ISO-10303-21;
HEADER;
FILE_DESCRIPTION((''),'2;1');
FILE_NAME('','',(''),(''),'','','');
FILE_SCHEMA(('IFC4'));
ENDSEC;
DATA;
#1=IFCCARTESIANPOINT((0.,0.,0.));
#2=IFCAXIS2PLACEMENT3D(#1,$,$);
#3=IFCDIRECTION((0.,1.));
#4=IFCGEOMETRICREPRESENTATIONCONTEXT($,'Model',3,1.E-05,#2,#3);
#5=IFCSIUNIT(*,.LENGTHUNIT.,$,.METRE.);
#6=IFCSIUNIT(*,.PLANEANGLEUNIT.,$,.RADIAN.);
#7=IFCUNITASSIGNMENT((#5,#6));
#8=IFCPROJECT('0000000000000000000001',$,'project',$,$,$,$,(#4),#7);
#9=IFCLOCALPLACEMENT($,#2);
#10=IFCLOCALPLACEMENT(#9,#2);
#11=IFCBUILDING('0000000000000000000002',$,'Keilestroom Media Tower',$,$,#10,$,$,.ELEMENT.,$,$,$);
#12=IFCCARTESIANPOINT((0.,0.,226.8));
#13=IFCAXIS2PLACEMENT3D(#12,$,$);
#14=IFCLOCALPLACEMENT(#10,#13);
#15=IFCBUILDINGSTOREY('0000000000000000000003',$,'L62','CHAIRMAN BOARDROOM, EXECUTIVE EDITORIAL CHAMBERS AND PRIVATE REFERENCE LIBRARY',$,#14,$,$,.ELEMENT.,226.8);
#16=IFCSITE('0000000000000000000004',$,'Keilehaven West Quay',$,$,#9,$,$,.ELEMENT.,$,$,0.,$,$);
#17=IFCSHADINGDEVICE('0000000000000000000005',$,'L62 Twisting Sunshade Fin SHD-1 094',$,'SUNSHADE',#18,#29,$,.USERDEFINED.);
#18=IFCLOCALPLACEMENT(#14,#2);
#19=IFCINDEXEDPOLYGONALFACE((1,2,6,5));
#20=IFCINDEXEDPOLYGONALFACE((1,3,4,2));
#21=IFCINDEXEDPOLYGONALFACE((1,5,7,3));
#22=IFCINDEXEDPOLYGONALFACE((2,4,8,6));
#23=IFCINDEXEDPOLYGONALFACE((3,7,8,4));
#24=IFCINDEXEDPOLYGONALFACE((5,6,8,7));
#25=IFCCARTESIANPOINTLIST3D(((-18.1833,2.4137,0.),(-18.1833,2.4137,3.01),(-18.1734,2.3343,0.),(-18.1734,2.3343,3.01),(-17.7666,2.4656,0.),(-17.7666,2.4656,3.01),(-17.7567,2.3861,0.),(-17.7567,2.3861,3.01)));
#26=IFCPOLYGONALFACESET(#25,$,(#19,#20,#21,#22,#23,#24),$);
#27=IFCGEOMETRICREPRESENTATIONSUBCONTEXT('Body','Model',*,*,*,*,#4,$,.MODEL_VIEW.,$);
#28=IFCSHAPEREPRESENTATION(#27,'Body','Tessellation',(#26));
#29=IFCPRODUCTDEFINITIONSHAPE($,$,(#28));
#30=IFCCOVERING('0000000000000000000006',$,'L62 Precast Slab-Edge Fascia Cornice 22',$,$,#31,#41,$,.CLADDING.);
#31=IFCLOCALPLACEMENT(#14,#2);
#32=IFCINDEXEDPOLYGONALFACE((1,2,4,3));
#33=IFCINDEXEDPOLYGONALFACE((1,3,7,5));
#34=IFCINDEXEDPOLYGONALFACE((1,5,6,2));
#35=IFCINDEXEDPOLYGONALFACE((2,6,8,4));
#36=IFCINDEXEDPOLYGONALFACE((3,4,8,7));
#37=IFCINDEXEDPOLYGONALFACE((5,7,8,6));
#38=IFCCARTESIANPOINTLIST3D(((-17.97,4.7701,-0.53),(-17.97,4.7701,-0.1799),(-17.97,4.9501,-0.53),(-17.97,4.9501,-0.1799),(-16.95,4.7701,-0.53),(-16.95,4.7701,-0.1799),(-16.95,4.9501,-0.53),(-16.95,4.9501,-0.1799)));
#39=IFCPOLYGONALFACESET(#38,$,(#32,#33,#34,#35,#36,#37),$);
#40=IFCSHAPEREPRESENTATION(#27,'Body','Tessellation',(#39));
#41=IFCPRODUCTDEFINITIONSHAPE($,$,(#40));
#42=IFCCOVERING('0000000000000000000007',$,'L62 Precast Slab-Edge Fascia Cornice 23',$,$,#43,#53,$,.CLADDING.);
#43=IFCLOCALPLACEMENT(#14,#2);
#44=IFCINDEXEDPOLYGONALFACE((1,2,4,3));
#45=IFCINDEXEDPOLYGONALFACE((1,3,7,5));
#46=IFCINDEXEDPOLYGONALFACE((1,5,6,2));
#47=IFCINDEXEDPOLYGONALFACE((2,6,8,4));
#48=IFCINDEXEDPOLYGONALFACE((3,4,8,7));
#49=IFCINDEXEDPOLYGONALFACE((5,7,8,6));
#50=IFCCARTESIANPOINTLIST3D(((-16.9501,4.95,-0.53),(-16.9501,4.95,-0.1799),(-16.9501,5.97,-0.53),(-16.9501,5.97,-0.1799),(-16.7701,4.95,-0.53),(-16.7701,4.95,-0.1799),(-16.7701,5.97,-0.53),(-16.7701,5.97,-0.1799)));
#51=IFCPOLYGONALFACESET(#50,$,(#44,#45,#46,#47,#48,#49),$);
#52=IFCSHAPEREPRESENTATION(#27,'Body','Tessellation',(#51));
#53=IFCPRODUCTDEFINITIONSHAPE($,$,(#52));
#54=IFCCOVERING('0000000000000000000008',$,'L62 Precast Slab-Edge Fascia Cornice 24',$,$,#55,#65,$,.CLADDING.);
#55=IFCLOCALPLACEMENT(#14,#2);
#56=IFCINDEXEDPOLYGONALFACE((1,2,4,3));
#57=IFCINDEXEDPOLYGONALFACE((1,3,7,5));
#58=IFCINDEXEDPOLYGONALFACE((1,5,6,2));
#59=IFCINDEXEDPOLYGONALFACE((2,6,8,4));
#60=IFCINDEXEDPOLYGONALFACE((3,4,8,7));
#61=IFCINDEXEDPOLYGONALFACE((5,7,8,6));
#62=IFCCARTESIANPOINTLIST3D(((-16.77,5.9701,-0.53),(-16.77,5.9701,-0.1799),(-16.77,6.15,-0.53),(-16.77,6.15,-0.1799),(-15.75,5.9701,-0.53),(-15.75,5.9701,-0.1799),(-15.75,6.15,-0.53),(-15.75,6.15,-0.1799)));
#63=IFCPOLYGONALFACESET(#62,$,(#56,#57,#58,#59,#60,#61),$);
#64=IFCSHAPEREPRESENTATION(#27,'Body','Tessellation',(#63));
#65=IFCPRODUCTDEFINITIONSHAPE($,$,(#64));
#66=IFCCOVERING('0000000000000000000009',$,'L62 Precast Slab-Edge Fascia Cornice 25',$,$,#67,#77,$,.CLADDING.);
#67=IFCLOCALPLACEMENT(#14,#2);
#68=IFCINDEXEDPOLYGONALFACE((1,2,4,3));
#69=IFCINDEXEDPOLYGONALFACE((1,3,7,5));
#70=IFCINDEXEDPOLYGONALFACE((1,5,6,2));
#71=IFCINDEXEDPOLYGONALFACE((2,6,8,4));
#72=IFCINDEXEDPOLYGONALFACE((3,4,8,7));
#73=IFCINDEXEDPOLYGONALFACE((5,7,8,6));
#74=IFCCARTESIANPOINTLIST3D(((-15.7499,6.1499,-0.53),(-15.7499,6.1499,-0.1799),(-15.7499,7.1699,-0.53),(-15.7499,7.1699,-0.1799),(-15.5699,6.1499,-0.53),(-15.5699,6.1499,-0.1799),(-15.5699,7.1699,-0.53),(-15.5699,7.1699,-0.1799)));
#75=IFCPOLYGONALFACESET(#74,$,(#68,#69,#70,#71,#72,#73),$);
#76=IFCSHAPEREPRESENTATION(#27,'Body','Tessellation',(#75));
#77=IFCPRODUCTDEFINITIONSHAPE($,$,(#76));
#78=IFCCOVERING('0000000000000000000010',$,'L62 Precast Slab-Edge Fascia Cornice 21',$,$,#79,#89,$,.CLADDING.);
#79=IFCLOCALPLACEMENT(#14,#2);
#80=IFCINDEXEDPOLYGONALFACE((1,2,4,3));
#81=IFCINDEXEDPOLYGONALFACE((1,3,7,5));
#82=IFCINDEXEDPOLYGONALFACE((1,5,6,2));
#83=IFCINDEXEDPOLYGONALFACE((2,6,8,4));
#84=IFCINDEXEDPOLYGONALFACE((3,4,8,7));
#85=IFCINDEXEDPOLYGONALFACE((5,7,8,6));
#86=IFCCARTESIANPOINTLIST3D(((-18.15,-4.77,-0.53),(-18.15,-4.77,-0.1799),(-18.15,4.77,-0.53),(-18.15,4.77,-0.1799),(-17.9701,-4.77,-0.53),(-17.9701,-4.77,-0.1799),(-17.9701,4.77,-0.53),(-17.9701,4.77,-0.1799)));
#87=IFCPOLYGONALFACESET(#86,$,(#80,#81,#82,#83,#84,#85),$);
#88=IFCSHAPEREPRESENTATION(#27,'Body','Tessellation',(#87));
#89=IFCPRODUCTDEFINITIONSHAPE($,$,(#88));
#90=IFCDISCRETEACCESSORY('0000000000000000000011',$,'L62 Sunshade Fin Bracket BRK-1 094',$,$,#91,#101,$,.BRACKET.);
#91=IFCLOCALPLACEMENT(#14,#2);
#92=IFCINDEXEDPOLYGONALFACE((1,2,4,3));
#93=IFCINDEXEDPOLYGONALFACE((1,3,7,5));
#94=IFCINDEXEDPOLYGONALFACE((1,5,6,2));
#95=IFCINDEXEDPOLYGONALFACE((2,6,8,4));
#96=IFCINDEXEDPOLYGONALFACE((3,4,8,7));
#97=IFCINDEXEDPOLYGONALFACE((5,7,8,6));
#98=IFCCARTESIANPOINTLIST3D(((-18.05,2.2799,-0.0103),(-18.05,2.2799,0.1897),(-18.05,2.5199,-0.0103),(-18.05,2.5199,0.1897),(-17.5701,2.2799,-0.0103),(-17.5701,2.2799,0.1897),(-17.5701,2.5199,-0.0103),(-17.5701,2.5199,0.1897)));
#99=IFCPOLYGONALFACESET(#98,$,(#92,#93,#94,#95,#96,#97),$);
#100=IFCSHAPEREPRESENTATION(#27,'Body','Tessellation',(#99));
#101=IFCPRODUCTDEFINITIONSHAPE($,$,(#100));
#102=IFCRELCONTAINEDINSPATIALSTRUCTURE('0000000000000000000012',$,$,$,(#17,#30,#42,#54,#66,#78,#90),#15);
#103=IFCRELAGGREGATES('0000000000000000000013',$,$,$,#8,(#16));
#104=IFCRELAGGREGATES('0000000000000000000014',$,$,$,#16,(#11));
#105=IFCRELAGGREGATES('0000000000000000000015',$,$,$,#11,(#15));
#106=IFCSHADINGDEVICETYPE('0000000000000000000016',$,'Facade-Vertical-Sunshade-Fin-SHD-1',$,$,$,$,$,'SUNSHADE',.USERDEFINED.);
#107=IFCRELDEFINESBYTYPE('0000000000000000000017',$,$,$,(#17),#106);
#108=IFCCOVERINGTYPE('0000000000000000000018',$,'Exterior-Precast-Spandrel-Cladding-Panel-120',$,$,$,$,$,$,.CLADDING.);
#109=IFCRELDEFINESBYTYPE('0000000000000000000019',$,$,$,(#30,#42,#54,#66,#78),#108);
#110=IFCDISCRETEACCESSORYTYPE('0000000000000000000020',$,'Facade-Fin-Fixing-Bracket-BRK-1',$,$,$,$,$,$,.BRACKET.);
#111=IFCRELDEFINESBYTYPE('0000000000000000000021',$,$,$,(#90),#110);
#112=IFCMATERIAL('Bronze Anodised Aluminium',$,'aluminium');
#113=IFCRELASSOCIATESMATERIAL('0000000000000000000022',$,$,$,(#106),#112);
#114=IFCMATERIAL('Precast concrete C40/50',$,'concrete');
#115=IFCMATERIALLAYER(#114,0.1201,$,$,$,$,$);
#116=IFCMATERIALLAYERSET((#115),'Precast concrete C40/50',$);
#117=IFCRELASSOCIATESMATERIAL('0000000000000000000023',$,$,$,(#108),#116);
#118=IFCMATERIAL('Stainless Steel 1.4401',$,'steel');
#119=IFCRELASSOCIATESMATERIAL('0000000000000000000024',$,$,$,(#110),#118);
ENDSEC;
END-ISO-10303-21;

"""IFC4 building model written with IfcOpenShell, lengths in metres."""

from ifc_helpers import new_model, si_unit, direction, frame, origin, origin_2d, place, context, subcontext, project, spatial, rectangle, extrude, source, transform, mapped, material, layer, layer_set, type_object, element, save


model = new_model("IFC4")

# Units and contexts
model_context = context("Model", 3, precision=1e-05, world=origin(), true_north=direction((0.0, 1.0)))
body_context = subcontext(model_context, "Body", "Model", "MODEL_VIEW")
ifc_project = project(units=[si_unit("LENGTHUNIT", "METRE"), si_unit("PLANEANGLEUNIT", "RADIAN")], contexts=[model_context])

# Site, building, storey
site_placement = place(None, origin())
site = spatial("IfcSite", under=ifc_project, at=site_placement, Name="Keilehaven West Quay", CompositionType="ELEMENT", RefElevation=0.0)
building_placement = place(site_placement, origin())
building = spatial("IfcBuilding", under=site, at=building_placement, Name="Keilestroom Media Tower", CompositionType="ELEMENT")
storey_placement = place(building_placement, frame((0.0, 0.0, 226.8)))
storey = spatial("IfcBuildingStorey", under=building, at=storey_placement, Name="L62", Description="CHAIRMAN BOARDROOM, EXECUTIVE EDITORIAL CHAMBERS AND PRIVATE REFERENCE LIBRARY", CompositionType="ELEMENT", Elevation=226.8)

# Shared definitions
ifc_material_1 = material(Name="Precast concrete C40/50", Category="concrete")

# Shading device
ifc_material_2 = material(Name="Bronze Anodised Aluminium", Category="aluminium")
shading_device_type = type_object("IfcShadingDeviceType", Name="Facade-Vertical-Sunshade-Fin-SHD-1", ElementType="SUNSHADE", PredefinedType="USERDEFINED", material=ifc_material_2)
shared_shape_1 = source(origin(), body_context, "Body", "SweptSolid", [
    extrude(rectangle(XDim=0.4199, YDim=0.0801, at=origin_2d()), origin(), (0.0, 0.0, 1.0), 3.01),
])
shading_device_placement = place(storey_placement, frame((-17.97, 2.3999, 0.0), z_axis=(0.0, 0.0, 1.0), x_axis=(0.992353, 0.123428, 0.0)))
element("IfcShadingDevice", 1, at=shading_device_placement, inside=storey, type_object=shading_device_type, Name="L62 Twisting Sunshade Fin SHD-1 094", ObjectType="SUNSHADE", PredefinedType="USERDEFINED", context=body_context, shape_type="MappedRepresentation", body=[
    mapped(shared_shape_1, transform((0.0, 0.0, 0.0), x_axis=(1.0, 0.0, 0.0), y_axis=(0.0, 1.0, 0.0), z_axis=(0.0, 0.0, 1.0), scale=1.0)),
])

# Coverings
ifc_layer_1 = layer(ifc_material_1, 0.1201)
ifc_layer_set_1 = layer_set([ifc_layer_1], Name="Precast concrete C40/50")
covering_type = type_object("IfcCoveringType", Name="Exterior-Precast-Spandrel-Cladding-Panel-120", PredefinedType="CLADDING", material=ifc_layer_set_1)
shared_shape_2 = source(origin(), body_context, "Body", "SweptSolid", [
    extrude(rectangle(XDim=1.02, YDim=0.1799, at=origin_2d()), origin(), (0.0, 0.0, 1.0), 0.3501),
])
for number, where, z_axis, x_axis, name in (
    (2, (-17.46, 4.8601, -0.53), (0.0, 0.0, 1.0), (1.0, 0.0, 0.0), "L62 Precast Slab-Edge Fascia Cornice 22"),
    (3, (-16.8601, 5.46, -0.53), (0.0, 0.0, 1.0), (0.0, 1.0, 0.0), "L62 Precast Slab-Edge Fascia Cornice 23"),
    (4, (-16.26, 6.0601, -0.53), (0.0, 0.0, 1.0), (1.0, 0.0, 0.0), "L62 Precast Slab-Edge Fascia Cornice 24"),
    (5, (-15.6599, 6.6599, -0.53), (0.0, 0.0, 1.0), (0.0, 1.0, 0.0), "L62 Precast Slab-Edge Fascia Cornice 25"),
):
    element("IfcCovering", number, at=place(storey_placement, frame(where, z_axis=z_axis, x_axis=x_axis)), inside=storey, type_object=covering_type, Name=name, PredefinedType="CLADDING", context=body_context, shape_type="MappedRepresentation", body=[
        mapped(shared_shape_2, transform((0.0, 0.0, 0.0), x_axis=(1.0, 0.0, 0.0), y_axis=(0.0, 1.0, 0.0), z_axis=(0.0, 0.0, 1.0), scale=1.0)),
    ])
shared_shape_3 = source(origin(), body_context, "Body", "SweptSolid", [
    extrude(rectangle(XDim=9.54, YDim=0.1799, at=origin_2d()), origin(), (0.0, 0.0, 1.0), 0.3501),
])
covering_placement = place(storey_placement, frame((-18.0601, 0.0, -0.53), z_axis=(0.0, 0.0, 1.0), x_axis=(0.0, 1.0, 0.0)))
element("IfcCovering", 6, at=covering_placement, inside=storey, type_object=covering_type, Name="L62 Precast Slab-Edge Fascia Cornice 21", PredefinedType="CLADDING", context=body_context, shape_type="MappedRepresentation", body=[
    mapped(shared_shape_3, transform((0.0, 0.0, 0.0), x_axis=(1.0, 0.0, 0.0), y_axis=(0.0, 1.0, 0.0), z_axis=(0.0, 0.0, 1.0), scale=1.0)),
])

# Discrete accessory
ifc_material_3 = material(Name="Stainless Steel 1.4401", Category="steel")
discrete_accessory_type = type_object("IfcDiscreteAccessoryType", Name="Facade-Fin-Fixing-Bracket-BRK-1", PredefinedType="BRACKET", material=ifc_material_3)
shared_shape_4 = source(origin(), body_context, "Body", "SweptSolid", [
    extrude(rectangle(XDim=0.48, YDim=0.24, at=origin_2d()), origin(), (0.0, 0.0, 1.0), 0.2),
])
discrete_accessory_placement = place(storey_placement, frame((-17.8101, 2.3999, -0.0103), z_axis=(0.0, 0.0, 1.0), x_axis=(1.0, 0.0, 0.0)))
element("IfcDiscreteAccessory", 7, at=discrete_accessory_placement, inside=storey, type_object=discrete_accessory_type, Name="L62 Sunshade Fin Bracket BRK-1 094", PredefinedType="BRACKET", context=body_context, shape_type="MappedRepresentation", body=[
    mapped(shared_shape_4, transform((0.0, 0.0, 0.0), x_axis=(1.0, 0.0, 0.0), y_axis=(0.0, 1.0, 0.0), z_axis=(0.0, 0.0, 1.0), scale=1.0)),
])

save(model, "model.ifc")
